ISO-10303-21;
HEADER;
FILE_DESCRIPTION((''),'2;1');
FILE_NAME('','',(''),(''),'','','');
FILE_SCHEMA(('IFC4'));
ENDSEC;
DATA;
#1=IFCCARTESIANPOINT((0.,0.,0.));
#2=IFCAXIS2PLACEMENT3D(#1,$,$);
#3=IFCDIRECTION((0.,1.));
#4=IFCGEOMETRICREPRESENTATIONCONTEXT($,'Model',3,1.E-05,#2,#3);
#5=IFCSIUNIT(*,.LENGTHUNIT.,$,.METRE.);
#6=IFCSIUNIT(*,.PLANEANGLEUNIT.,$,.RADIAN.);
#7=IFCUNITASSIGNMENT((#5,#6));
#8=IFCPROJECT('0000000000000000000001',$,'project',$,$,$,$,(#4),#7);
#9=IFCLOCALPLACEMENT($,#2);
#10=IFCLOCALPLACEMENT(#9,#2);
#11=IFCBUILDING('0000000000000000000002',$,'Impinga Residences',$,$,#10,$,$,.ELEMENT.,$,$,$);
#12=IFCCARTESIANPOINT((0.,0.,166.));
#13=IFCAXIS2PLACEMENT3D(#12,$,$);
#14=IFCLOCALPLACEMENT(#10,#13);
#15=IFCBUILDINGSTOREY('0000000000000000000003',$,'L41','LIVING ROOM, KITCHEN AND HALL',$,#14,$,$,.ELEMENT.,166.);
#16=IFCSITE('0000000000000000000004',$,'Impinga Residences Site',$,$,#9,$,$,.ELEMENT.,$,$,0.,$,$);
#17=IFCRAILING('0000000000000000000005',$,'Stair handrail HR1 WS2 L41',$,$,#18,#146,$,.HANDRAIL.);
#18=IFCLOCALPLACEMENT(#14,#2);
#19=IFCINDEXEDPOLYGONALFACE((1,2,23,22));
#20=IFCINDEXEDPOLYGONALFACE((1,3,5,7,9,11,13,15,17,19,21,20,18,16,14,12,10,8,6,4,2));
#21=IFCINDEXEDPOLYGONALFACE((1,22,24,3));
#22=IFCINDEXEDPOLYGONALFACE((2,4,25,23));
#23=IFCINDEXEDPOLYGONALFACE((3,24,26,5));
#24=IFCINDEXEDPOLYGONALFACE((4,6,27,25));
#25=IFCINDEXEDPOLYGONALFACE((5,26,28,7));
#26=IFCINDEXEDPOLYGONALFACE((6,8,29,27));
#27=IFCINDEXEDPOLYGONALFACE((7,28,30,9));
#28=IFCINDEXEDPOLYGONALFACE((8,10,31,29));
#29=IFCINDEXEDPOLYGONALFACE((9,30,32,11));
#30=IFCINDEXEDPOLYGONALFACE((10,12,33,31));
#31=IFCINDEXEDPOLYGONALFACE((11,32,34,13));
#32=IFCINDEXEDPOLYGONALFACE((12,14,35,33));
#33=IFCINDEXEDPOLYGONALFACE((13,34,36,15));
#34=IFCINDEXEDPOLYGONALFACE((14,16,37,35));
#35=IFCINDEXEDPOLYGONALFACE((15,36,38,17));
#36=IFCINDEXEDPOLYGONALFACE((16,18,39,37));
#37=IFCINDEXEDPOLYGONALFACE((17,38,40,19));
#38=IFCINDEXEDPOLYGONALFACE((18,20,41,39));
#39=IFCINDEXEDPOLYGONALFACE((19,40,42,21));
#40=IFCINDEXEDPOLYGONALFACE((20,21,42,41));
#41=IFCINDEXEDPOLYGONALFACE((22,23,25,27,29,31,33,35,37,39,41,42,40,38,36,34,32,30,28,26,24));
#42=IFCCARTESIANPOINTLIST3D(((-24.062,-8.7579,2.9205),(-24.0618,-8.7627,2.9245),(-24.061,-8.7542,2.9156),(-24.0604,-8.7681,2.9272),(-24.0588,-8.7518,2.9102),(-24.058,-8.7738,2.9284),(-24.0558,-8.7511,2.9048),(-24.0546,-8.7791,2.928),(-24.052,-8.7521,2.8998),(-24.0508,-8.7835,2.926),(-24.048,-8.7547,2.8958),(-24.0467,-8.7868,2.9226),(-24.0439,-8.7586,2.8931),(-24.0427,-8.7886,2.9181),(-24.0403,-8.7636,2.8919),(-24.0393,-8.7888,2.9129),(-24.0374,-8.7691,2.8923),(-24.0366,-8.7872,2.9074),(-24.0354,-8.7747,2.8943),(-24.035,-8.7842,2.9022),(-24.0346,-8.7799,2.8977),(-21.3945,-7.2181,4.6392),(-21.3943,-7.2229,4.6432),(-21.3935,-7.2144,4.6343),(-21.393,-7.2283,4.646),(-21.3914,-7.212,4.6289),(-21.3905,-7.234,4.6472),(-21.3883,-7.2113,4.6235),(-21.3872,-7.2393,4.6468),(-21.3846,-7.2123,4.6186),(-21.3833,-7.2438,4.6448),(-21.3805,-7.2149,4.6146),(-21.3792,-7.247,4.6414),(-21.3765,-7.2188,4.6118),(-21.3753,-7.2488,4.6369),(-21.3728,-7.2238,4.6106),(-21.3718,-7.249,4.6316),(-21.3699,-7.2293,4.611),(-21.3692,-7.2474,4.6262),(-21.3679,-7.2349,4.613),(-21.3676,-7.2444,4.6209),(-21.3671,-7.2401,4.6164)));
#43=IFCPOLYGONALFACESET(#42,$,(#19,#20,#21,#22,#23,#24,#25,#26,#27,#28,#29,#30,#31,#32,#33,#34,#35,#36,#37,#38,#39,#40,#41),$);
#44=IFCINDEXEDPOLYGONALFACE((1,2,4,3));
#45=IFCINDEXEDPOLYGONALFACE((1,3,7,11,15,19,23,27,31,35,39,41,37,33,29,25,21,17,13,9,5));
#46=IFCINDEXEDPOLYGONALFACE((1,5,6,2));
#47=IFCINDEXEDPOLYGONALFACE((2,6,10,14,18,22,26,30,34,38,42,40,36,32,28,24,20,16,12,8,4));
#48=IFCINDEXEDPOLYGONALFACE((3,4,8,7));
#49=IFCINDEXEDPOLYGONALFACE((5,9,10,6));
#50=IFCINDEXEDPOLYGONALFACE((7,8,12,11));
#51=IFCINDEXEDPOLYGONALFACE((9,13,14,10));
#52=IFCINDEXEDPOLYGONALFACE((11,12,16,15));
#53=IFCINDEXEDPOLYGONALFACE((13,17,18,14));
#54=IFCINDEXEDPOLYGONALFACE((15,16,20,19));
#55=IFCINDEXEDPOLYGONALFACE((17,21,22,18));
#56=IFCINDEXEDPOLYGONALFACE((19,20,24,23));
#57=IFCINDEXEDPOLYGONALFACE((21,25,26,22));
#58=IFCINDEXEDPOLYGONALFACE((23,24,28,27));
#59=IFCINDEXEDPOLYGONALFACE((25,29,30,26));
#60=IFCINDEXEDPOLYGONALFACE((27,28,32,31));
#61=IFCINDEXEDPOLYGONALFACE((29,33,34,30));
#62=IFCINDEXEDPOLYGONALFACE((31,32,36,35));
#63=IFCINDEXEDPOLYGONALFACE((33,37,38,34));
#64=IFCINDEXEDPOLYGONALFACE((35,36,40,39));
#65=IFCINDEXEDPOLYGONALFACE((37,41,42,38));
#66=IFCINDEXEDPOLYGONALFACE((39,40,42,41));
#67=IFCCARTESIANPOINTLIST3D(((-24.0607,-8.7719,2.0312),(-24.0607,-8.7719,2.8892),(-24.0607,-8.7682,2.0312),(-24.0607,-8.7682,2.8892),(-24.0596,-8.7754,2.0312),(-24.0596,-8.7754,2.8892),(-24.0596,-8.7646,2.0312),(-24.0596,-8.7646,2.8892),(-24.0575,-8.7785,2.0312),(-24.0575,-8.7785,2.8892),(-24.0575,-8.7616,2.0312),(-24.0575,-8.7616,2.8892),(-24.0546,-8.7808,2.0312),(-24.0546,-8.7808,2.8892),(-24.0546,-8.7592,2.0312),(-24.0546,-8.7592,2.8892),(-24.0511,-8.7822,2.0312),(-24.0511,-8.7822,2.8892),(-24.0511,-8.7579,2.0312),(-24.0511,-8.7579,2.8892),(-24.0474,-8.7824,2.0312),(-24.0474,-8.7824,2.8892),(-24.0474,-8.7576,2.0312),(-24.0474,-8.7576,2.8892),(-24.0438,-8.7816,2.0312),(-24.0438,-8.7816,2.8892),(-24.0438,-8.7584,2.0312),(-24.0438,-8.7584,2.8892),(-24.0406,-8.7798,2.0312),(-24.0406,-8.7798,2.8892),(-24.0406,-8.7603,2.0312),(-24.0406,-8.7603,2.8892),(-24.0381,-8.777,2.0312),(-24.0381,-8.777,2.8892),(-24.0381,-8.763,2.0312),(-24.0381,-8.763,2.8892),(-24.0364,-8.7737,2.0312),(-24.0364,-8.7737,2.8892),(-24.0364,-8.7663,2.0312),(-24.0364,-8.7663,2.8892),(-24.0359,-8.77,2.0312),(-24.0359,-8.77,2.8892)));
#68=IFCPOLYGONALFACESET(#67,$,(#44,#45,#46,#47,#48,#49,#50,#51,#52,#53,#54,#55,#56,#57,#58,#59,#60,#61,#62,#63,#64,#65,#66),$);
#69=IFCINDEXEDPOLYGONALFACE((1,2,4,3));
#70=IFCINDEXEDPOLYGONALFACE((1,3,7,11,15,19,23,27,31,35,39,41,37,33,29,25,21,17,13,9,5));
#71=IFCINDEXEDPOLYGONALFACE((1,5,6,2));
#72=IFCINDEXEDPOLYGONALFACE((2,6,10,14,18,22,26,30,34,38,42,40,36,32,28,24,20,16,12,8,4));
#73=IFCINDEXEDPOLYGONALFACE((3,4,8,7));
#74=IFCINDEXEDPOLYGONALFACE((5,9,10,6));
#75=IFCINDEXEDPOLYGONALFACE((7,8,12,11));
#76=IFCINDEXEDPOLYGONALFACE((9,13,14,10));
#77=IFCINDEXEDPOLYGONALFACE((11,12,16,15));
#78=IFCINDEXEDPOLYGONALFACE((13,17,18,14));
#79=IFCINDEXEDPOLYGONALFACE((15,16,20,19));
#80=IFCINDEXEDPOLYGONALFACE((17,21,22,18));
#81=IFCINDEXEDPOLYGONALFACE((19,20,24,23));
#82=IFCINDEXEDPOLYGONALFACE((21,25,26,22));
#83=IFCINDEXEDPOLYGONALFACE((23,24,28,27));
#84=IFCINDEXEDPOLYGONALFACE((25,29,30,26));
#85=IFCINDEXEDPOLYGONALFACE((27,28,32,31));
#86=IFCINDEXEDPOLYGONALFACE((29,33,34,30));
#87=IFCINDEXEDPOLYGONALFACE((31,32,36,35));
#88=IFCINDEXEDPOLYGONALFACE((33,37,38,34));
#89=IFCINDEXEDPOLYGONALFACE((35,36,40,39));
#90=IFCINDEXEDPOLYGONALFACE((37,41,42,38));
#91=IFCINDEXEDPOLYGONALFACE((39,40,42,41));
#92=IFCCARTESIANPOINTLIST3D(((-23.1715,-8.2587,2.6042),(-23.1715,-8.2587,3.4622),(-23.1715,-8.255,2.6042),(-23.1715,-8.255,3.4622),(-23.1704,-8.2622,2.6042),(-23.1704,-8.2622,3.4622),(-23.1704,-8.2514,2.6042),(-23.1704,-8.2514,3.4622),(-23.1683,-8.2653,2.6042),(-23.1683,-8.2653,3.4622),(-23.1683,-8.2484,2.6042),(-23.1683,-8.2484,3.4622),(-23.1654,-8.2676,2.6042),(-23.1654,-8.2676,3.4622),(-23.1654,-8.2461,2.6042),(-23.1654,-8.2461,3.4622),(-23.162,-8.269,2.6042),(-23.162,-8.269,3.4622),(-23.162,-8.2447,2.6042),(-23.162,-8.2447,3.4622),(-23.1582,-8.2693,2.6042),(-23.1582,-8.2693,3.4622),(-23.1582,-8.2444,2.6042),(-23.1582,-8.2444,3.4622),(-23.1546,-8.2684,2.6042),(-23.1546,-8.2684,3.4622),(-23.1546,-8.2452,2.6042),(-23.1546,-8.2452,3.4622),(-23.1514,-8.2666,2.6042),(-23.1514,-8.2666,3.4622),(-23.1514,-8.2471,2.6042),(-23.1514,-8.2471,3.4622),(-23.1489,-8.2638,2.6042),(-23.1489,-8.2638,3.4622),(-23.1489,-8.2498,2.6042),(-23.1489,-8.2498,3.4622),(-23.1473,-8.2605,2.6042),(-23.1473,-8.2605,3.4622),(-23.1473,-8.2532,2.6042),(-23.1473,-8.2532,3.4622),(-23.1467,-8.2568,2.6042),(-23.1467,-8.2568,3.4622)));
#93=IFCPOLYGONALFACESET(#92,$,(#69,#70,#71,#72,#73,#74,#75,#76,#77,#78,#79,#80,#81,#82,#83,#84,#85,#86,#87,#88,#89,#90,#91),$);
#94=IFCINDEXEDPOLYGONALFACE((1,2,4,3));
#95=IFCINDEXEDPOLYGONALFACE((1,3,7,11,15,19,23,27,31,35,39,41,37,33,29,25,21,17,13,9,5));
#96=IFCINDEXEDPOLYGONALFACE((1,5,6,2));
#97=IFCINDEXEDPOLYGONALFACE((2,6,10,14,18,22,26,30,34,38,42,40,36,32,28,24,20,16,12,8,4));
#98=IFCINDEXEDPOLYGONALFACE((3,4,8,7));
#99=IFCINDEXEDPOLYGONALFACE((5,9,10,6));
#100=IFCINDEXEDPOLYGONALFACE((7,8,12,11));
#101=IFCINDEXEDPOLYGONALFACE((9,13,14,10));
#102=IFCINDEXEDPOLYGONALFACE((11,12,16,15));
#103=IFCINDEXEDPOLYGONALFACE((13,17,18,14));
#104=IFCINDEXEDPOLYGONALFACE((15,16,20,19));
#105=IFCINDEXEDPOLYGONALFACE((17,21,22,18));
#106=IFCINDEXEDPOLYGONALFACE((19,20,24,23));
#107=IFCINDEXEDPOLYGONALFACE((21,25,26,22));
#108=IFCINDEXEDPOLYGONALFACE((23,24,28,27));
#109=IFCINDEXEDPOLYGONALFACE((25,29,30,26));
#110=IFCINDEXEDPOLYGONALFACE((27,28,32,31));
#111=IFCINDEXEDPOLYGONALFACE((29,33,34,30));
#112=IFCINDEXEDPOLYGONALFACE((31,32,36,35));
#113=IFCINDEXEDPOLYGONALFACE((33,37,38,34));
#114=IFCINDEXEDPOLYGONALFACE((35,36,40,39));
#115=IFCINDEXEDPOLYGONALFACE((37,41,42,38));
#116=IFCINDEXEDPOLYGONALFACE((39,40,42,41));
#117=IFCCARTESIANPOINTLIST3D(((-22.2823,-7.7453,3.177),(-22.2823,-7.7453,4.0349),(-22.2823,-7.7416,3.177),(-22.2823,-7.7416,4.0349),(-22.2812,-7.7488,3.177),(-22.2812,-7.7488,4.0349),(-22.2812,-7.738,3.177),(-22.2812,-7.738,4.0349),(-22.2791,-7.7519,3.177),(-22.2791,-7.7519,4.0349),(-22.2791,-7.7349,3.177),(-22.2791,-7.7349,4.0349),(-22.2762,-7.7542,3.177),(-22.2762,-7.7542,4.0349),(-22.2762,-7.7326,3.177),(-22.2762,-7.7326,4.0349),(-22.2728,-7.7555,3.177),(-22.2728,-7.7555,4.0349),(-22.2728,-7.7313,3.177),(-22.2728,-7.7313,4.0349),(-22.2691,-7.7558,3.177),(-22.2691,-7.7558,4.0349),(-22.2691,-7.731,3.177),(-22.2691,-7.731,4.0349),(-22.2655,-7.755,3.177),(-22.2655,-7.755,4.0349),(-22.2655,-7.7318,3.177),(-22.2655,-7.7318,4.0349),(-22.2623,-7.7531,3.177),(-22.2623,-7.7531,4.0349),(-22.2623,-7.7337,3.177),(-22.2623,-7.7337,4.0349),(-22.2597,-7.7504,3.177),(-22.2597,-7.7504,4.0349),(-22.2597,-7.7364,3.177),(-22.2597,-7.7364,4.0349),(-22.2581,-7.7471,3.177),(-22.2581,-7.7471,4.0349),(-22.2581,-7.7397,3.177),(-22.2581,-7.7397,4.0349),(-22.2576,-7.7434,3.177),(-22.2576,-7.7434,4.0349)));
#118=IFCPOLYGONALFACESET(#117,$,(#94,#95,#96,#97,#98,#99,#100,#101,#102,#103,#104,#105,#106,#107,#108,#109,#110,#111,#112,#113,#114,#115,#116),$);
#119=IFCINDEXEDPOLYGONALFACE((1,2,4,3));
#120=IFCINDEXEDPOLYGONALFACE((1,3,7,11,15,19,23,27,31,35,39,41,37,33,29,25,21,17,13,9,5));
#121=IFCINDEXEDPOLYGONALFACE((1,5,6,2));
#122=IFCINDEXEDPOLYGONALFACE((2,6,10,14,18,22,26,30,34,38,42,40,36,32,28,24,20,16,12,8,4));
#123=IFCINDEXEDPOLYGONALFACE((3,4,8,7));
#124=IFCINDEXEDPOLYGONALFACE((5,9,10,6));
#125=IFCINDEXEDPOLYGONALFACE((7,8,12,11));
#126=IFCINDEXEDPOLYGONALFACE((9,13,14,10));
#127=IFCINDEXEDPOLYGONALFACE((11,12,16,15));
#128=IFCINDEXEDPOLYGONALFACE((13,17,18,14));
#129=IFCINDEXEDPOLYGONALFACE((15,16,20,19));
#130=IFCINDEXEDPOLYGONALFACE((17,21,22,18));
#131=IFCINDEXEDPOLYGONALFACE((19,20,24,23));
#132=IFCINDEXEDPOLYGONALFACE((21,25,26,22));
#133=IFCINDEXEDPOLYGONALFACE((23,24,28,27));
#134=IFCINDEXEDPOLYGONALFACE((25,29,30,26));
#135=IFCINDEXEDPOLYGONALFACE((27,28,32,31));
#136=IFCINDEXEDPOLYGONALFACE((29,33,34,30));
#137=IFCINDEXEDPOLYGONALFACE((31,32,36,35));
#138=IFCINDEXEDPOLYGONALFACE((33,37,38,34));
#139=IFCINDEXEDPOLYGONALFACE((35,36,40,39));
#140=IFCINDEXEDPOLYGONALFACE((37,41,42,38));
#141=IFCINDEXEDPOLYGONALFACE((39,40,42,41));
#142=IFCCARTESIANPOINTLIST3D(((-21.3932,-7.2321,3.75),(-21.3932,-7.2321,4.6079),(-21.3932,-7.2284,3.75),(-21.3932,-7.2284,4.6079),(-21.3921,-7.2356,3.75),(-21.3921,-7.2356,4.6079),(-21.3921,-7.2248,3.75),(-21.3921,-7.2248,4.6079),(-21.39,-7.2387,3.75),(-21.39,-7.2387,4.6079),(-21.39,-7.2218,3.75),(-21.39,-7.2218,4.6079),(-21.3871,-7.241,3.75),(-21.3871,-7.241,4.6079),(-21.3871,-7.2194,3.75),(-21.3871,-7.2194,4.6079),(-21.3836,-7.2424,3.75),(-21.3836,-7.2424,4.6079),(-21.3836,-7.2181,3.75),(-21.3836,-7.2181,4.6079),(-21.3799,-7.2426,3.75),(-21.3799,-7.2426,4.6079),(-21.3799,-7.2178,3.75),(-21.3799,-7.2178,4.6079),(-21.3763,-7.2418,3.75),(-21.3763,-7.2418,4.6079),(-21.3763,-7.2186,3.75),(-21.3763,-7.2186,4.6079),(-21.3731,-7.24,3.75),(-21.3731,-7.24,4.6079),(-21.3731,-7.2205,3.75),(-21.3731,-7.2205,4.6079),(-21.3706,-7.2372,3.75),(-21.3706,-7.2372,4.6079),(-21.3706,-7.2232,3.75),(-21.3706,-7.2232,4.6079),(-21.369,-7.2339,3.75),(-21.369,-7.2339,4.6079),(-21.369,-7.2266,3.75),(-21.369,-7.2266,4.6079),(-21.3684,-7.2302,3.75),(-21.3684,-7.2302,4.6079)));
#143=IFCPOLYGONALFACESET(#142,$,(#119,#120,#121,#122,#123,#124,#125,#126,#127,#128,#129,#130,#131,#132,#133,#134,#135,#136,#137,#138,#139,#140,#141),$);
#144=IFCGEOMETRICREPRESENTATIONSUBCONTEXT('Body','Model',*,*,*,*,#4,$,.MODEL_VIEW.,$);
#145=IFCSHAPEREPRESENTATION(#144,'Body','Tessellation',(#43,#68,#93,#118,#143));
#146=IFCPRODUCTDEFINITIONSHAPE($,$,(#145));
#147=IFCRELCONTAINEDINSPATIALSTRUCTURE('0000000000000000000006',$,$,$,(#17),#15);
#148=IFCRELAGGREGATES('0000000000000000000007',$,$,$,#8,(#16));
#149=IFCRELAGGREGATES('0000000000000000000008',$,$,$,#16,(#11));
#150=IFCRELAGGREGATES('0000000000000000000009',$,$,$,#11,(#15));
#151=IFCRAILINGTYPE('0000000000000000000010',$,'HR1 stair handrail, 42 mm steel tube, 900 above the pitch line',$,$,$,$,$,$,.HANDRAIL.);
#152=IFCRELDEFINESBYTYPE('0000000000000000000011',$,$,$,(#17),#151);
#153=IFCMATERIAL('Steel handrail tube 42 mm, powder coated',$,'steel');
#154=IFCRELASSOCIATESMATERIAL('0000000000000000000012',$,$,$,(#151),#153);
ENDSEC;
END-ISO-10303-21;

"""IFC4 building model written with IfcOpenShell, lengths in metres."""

from ifc_helpers import new_model, si_unit, direction, frame, origin, origin_2d, place, context, subcontext, project, spatial, circle, extrude, material, type_object, element, save


model = new_model("IFC4")

# Units and contexts
model_context = context("Model", 3, precision=1e-05, world=origin(), true_north=direction((0.0, 1.0)))
body_context = subcontext(model_context, "Body", "Model", "MODEL_VIEW")
ifc_project = project(units=[si_unit("LENGTHUNIT", "METRE"), si_unit("PLANEANGLEUNIT", "RADIAN")], contexts=[model_context])

# Site, building, storey
site_placement = place(None, origin())
site = spatial("IfcSite", under=ifc_project, at=site_placement, Name="Impinga Residences Site", CompositionType="ELEMENT", RefElevation=0.0)
building_placement = place(site_placement, origin())
building = spatial("IfcBuilding", under=site, at=building_placement, Name="Impinga Residences", CompositionType="ELEMENT")
storey_placement = place(building_placement, frame((0.0, 0.0, 166.0)))
storey = spatial("IfcBuildingStorey", under=building, at=storey_placement, Name="L41", Description="LIVING ROOM, KITCHEN AND HALL", CompositionType="ELEMENT", Elevation=166.0)

# Railing
ifc_material_1 = material(Name="Steel handrail tube 42 mm, powder coated", Category="steel")
railing_type_1 = type_object("IfcRailingType", Name="HR1 stair handrail, 42 mm steel tube, 900 above the pitch line", PredefinedType="HANDRAIL", material=ifc_material_1)
railing_1_placement = place(storey_placement, frame((-24.0483, -8.77, 2.0312)))
element("IfcRailing", 1, at=railing_1_placement, inside=storey, type_object=railing_type_1, Name="Stair handrail HR1 WS2 L41", PredefinedType="HANDRAIL", context=body_context, shape_type="SweptSolid", body=[
    extrude(circle(Radius=0.021, at=origin_2d()), frame((0.0, 0.0, 0.8789), z_axis=(0.756279, 0.43656, 0.487297), x_axis=(-0.499933, 0.866064, 0.0)), (0.0, 0.0, 1.0), 3.5271),
    extrude(circle(Radius=0.0125, at=origin_2d()), origin(), (0.0, 0.0, 1.0), 0.8579),
    extrude(circle(Radius=0.0125, at=origin_2d()), frame((0.8892, 0.5132, 0.573)), (0.0, 0.0, 1.0), 0.8579),
    extrude(circle(Radius=0.0125, at=origin_2d()), frame((1.7783, 1.0266, 1.1458)), (0.0, 0.0, 1.0), 0.8579),
    extrude(circle(Radius=0.0125, at=origin_2d()), frame((2.6675, 1.5398, 1.7188)), (0.0, 0.0, 1.0), 0.8579),
])

save(model, "model.ifc")
